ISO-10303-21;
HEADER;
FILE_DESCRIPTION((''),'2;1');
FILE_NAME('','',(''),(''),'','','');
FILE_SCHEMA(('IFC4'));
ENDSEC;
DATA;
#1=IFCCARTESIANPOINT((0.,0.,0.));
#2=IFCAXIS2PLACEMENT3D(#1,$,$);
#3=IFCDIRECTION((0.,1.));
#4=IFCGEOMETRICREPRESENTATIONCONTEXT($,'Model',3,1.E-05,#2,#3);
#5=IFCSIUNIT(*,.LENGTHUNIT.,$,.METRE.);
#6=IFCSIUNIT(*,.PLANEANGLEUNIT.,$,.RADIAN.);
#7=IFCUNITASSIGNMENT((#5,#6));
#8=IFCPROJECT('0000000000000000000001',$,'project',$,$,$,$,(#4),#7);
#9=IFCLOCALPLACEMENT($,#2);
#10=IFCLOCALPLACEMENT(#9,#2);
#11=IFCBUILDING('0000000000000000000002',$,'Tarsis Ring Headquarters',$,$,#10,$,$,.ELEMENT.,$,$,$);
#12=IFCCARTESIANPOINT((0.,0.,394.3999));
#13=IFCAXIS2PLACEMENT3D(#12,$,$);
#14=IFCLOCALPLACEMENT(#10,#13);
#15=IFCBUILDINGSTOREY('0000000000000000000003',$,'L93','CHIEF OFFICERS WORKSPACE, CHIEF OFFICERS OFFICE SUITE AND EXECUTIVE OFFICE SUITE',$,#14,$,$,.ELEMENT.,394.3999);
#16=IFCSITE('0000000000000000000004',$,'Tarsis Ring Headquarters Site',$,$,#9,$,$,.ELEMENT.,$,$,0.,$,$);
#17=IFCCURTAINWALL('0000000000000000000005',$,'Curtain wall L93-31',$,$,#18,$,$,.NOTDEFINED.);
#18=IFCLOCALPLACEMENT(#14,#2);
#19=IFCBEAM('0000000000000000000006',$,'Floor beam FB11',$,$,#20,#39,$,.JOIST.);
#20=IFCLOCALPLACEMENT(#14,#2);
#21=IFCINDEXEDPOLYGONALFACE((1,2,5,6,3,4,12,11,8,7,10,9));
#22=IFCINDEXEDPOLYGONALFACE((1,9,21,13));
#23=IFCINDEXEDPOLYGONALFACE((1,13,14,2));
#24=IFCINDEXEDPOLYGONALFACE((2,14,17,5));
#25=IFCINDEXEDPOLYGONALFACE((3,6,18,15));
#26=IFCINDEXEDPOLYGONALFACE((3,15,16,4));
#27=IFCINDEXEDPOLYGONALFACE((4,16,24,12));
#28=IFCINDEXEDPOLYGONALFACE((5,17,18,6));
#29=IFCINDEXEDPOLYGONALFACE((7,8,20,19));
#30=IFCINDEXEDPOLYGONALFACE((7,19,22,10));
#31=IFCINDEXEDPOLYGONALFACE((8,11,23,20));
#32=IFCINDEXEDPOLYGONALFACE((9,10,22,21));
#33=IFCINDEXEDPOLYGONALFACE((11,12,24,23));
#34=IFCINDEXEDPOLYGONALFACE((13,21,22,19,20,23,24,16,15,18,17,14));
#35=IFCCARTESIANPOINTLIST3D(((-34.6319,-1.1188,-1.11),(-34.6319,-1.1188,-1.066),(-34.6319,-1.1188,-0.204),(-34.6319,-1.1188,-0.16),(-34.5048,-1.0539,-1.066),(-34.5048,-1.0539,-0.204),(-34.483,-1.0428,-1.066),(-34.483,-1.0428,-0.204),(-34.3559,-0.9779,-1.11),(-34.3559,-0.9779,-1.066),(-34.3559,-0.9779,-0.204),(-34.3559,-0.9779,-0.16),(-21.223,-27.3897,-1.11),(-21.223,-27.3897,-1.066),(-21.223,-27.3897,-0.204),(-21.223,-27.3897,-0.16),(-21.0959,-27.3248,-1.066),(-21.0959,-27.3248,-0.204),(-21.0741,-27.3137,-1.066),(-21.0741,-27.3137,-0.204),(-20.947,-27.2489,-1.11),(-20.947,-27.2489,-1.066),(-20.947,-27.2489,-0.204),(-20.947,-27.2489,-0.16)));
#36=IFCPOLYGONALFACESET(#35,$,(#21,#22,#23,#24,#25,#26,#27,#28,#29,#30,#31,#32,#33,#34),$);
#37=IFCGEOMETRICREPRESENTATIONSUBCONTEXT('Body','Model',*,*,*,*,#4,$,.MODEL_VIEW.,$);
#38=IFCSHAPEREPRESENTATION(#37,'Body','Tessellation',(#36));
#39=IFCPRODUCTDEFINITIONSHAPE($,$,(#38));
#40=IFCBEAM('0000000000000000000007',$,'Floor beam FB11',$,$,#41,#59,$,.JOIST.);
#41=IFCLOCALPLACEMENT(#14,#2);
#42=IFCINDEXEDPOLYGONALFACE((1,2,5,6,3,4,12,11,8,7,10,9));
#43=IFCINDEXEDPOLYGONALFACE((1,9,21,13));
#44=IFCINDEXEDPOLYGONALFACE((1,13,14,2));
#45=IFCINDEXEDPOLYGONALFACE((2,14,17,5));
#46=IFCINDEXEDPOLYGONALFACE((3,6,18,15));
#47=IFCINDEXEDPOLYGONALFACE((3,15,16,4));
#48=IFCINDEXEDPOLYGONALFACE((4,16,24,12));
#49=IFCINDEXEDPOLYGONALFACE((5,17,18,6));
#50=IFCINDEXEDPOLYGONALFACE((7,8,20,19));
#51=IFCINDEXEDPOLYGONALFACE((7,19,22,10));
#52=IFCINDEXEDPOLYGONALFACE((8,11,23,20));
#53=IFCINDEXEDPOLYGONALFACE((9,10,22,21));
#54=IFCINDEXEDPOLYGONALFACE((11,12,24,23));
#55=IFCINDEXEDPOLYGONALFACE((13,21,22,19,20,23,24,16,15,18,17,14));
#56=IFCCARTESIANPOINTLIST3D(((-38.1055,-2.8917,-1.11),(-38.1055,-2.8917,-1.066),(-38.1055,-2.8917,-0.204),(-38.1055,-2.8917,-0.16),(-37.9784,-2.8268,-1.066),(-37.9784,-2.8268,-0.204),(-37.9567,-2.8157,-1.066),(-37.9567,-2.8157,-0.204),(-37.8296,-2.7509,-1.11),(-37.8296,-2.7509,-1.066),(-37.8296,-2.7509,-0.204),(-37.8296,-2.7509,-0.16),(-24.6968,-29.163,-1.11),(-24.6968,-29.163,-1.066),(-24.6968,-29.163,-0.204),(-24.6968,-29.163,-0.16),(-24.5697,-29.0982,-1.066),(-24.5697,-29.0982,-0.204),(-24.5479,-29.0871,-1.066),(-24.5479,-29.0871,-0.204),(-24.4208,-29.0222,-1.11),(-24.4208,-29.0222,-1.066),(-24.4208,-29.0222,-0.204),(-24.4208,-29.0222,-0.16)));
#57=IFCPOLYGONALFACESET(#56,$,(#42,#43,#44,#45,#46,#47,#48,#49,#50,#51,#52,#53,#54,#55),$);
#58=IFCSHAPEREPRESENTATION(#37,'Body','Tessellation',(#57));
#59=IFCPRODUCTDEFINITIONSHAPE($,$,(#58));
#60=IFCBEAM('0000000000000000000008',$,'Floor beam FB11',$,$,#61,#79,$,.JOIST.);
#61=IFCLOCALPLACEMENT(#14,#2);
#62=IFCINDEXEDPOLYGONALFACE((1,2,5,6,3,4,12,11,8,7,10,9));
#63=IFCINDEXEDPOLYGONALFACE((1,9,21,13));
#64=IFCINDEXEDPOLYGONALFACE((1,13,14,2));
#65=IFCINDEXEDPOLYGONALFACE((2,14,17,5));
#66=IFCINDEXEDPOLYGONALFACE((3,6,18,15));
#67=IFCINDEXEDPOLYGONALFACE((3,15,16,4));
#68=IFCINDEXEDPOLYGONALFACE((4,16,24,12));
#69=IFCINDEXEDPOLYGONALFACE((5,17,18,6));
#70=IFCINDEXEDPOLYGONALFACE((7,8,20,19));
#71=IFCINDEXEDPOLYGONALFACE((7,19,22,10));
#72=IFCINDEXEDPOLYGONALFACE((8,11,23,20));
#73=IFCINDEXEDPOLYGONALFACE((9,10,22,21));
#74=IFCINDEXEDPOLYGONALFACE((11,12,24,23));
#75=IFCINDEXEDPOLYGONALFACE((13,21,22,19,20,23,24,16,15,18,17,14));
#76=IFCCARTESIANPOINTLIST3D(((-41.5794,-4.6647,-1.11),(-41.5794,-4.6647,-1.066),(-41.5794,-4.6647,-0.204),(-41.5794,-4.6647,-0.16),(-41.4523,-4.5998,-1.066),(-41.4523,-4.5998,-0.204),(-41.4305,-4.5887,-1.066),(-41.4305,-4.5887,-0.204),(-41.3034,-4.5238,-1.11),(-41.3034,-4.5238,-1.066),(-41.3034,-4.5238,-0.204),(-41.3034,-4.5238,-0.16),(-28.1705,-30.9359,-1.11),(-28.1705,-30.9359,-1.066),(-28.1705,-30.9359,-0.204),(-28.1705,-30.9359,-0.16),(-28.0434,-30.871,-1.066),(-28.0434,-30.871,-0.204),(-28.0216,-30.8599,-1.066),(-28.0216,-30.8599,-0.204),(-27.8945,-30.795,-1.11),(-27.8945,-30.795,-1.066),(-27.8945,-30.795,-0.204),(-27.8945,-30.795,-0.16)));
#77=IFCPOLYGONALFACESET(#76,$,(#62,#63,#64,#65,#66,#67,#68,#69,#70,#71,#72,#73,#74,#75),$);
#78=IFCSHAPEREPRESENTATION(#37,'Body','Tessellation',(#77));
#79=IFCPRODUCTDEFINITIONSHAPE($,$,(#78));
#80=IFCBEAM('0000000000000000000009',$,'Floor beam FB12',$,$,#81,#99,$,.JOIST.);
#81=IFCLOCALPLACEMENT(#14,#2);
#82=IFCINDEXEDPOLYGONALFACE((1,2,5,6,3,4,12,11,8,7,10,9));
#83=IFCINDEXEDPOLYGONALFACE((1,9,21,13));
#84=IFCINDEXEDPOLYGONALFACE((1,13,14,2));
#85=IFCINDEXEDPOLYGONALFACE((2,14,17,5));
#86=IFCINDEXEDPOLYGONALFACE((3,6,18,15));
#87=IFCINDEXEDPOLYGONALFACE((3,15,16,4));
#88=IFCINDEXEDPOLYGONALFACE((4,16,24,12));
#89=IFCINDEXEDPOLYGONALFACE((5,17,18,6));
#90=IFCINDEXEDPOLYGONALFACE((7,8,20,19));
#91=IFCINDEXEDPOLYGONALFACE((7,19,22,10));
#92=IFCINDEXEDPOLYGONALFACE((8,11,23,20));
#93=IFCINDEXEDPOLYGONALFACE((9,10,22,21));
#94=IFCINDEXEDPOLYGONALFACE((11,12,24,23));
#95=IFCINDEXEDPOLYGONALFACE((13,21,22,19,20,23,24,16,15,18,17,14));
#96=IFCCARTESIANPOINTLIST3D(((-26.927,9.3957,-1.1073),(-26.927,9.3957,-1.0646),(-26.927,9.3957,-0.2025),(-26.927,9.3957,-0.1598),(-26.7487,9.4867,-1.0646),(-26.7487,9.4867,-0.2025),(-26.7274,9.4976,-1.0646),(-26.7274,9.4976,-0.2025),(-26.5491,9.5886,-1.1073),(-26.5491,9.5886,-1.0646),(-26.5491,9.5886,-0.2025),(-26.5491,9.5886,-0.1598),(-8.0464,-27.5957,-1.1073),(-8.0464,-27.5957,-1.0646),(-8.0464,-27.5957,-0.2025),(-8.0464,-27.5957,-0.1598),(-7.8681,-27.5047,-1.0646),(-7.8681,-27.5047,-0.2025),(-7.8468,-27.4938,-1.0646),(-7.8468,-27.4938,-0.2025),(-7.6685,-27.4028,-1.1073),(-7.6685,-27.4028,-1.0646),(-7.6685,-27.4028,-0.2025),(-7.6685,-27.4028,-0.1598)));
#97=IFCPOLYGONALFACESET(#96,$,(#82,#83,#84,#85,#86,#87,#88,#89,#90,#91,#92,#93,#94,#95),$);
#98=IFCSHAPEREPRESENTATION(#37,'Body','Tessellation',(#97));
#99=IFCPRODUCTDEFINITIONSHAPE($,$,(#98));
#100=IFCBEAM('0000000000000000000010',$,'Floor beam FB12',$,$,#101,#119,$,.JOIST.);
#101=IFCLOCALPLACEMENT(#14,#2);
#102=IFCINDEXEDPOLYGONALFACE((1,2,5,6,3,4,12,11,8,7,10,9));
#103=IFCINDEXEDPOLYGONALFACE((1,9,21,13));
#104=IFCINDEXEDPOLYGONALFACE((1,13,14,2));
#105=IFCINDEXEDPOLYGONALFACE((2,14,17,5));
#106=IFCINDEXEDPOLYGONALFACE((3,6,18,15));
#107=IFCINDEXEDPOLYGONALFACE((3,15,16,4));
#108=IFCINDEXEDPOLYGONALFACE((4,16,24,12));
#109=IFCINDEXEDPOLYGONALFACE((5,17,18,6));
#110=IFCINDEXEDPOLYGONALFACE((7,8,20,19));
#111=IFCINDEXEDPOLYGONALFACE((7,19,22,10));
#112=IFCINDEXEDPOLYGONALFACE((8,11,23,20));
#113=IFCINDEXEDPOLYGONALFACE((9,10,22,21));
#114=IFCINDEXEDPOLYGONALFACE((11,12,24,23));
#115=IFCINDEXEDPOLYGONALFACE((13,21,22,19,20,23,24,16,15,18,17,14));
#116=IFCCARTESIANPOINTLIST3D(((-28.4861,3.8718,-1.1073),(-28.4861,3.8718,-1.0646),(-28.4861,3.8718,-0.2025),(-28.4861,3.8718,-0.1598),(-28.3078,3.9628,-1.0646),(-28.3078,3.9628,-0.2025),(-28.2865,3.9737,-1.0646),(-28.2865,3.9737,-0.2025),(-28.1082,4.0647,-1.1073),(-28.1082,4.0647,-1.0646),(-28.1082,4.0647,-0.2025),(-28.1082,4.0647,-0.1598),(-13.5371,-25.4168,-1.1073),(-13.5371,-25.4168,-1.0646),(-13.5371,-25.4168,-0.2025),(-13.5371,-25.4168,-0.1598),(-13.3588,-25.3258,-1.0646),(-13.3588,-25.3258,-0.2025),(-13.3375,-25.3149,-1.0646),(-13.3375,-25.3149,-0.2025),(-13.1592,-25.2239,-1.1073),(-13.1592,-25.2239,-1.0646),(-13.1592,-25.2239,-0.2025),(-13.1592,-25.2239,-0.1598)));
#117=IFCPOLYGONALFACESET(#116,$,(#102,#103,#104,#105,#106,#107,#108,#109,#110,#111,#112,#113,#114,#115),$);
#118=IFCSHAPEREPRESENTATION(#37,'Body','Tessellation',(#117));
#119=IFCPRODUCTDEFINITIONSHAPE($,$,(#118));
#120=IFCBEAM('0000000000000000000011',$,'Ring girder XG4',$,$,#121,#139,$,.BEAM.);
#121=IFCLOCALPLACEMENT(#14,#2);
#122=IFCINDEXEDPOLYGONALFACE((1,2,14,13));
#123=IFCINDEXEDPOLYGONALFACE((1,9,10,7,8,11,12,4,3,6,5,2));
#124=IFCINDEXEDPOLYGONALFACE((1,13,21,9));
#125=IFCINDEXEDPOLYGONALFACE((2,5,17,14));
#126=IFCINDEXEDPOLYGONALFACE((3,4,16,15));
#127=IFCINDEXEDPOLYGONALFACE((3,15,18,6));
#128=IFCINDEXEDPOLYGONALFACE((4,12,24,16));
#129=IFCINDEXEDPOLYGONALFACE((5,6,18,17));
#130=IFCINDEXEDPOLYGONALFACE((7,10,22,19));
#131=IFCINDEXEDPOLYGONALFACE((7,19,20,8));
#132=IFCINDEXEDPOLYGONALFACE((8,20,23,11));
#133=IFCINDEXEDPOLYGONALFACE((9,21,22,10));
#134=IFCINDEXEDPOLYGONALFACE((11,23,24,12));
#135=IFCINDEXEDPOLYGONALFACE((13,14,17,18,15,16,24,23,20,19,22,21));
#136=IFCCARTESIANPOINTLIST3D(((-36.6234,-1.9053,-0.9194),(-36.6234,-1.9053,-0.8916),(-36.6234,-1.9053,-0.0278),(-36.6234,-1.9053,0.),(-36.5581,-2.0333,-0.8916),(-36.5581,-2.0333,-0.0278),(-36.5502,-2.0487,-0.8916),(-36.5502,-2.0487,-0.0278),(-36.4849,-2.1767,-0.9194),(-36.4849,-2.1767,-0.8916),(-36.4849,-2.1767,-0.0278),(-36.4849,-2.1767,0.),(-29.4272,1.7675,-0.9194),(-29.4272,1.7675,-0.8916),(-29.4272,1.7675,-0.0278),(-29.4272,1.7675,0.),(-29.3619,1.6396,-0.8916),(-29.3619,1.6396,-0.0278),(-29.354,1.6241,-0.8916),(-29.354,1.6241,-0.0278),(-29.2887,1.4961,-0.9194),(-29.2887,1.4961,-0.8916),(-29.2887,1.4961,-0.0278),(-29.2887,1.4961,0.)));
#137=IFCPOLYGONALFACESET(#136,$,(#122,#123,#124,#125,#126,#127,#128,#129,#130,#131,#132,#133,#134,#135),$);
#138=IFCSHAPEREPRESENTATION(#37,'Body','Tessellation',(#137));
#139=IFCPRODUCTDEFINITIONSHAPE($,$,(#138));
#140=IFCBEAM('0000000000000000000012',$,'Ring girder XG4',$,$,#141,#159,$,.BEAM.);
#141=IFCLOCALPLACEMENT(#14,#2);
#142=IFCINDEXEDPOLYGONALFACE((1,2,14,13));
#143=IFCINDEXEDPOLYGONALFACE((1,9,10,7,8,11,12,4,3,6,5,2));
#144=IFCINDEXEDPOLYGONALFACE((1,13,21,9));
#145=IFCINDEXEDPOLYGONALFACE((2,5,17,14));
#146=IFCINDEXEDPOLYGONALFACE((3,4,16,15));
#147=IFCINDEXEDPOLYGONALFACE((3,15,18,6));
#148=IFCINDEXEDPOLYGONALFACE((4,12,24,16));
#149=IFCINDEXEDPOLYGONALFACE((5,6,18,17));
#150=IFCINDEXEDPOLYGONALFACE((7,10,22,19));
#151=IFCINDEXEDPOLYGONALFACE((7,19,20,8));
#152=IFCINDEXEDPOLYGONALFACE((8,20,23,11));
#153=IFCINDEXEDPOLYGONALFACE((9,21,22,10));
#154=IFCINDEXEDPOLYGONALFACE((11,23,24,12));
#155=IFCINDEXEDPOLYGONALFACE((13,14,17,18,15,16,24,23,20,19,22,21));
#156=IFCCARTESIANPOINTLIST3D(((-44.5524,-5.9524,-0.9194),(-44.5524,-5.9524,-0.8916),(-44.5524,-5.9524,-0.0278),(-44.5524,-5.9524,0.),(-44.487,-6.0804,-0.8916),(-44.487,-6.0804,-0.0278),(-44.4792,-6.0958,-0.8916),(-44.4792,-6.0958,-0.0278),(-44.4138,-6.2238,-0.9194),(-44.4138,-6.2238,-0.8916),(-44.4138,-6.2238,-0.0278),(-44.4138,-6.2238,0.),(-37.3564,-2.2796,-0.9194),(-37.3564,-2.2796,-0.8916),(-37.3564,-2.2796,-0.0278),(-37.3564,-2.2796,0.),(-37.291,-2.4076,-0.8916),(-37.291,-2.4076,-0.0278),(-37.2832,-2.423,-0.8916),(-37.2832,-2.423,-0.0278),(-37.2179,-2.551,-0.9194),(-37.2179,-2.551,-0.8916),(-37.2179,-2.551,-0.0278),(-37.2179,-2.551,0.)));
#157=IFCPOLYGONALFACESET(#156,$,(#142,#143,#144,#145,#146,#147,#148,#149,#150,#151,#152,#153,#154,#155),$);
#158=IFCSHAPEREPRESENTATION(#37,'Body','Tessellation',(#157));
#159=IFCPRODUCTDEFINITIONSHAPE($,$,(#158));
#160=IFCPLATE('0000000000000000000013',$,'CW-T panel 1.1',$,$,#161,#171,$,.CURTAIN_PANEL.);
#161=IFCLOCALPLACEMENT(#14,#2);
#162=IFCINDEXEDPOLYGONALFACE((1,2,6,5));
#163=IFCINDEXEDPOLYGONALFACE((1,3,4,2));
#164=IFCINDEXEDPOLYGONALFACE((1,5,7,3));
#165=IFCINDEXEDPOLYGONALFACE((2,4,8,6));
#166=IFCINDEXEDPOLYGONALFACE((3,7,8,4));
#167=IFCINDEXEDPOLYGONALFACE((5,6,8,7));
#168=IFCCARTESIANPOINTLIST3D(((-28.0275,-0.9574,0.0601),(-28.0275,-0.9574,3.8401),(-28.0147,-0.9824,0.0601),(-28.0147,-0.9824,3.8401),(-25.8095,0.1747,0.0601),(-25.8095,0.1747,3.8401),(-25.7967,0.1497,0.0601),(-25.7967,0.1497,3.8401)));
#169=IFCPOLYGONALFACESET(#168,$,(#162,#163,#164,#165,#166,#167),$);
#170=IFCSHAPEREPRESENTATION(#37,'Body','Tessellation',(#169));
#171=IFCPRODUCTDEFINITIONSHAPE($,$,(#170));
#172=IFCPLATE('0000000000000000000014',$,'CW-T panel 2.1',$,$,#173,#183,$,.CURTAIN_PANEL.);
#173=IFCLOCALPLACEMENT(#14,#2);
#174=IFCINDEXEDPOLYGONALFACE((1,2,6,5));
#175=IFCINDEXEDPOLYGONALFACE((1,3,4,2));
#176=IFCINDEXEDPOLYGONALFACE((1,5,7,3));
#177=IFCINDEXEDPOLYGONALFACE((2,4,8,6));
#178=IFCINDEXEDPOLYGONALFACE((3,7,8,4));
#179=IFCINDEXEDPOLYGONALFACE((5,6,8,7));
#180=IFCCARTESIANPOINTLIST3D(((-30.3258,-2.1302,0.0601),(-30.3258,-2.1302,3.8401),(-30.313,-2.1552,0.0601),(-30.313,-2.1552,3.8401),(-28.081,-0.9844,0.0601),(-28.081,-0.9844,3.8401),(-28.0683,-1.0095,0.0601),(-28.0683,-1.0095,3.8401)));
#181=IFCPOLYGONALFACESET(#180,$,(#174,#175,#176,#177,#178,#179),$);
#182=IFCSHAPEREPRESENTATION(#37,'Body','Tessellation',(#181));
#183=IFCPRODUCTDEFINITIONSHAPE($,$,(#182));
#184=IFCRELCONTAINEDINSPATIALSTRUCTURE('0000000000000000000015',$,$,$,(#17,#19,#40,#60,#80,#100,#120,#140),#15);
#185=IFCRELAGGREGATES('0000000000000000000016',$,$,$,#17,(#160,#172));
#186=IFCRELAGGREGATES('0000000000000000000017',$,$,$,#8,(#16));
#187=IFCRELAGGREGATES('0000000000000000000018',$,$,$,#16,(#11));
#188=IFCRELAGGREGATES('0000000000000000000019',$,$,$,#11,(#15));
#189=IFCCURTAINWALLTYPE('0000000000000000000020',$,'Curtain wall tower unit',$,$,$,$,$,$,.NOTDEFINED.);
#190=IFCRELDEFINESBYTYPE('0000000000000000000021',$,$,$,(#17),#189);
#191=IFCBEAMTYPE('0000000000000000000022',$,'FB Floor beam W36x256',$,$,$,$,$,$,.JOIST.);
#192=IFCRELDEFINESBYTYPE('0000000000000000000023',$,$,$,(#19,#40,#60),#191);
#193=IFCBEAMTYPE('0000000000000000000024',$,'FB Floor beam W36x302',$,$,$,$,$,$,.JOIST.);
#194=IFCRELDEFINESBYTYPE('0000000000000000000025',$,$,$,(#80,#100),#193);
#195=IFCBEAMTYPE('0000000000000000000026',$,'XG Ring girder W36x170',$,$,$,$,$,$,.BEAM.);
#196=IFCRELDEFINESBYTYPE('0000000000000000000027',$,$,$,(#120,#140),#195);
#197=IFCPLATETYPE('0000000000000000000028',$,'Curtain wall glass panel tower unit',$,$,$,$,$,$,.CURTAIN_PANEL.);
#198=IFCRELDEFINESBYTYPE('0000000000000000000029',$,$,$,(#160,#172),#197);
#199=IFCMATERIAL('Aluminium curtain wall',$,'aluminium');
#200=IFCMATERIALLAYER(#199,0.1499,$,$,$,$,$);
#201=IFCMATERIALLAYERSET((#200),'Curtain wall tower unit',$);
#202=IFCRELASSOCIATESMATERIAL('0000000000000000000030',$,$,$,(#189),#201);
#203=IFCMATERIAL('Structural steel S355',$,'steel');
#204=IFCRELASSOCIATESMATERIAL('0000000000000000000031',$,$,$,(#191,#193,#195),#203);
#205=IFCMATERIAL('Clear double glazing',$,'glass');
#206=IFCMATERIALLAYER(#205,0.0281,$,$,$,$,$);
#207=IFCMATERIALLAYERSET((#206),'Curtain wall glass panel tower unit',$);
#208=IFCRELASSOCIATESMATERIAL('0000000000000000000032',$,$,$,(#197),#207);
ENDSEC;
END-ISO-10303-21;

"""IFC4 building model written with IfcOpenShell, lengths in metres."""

from ifc_helpers import new_model, si_unit, direction, frame, origin, origin_2d, place, context, subcontext, project, spatial, rectangle, i_section, extrude, material, layer, layer_set, material_profile, profile_set, type_object, element, aggregate, save


model = new_model("IFC4")

# Units and contexts
model_context = context("Model", 3, precision=1e-05, world=origin(), true_north=direction((0.0, 1.0)))
body_context = subcontext(model_context, "Body", "Model", "MODEL_VIEW")
ifc_project = project(units=[si_unit("LENGTHUNIT", "METRE"), si_unit("PLANEANGLEUNIT", "RADIAN")], contexts=[model_context])

# Site, building, storey
site_placement = place(None, origin())
site = spatial("IfcSite", under=ifc_project, at=site_placement, Name="Tarsis Ring Headquarters Site", CompositionType="ELEMENT", RefElevation=0.0)
building_placement = place(site_placement, origin())
building = spatial("IfcBuilding", under=site, at=building_placement, Name="Tarsis Ring Headquarters", CompositionType="ELEMENT")
storey_placement = place(building_placement, frame((0.0, 0.0, 394.3999)))
storey = spatial("IfcBuildingStorey", under=building, at=storey_placement, Name="L93", Description="CHIEF OFFICERS WORKSPACE, CHIEF OFFICERS OFFICE SUITE AND EXECUTIVE OFFICE SUITE", CompositionType="ELEMENT", Elevation=394.3999)

# Shared definitions
ifc_material_1 = material(Name="Structural steel S355", Category="steel")

# Curtain wall
ifc_material_2 = material(Name="Aluminium curtain wall", Category="aluminium")
ifc_layer_1 = layer(ifc_material_2, 0.1499)
ifc_layer_set_1 = layer_set([ifc_layer_1], Name="Curtain wall tower unit")
curtain_wall_type = type_object("IfcCurtainWallType", Name="Curtain wall tower unit", PredefinedType="NOTDEFINED", material=ifc_layer_set_1)
curtain_wall_placement = place(storey_placement, origin())
curtain_wall = element("IfcCurtainWall", 1, at=curtain_wall_placement, inside=storey, type_object=curtain_wall_type, Name="Curtain wall L93-31", PredefinedType="NOTDEFINED")

# Beams
ifc_material_profile_1 = material_profile(ifc_material_1, i_section(OverallWidth=0.3098, OverallDepth=0.95, WebThickness=0.0244, FlangeThickness=0.0439, at=origin_2d()), Name="W36x256")
ifc_profile_set_1 = profile_set([ifc_material_profile_1], Name="Structural steel S355")
beam_type_1 = type_object("IfcBeamType", Name="FB Floor beam W36x256", PredefinedType="JOIST", material=ifc_profile_set_1)
for number, where, z_axis, x_axis, name in (
    (2, (-34.4939, -1.0483, -0.635), (0.454615, -0.890688, 0.0), (0.890688, 0.454615, 0.0), "Floor beam FB11"),
):
    element("IfcBeam", number, at=place(storey_placement, frame(where, z_axis=z_axis, x_axis=x_axis)), inside=storey, type_object=beam_type_1, Name=name, PredefinedType="JOIST", context=body_context, shape_type="SweptSolid", body=[
        extrude(i_section(OverallWidth=0.3098, OverallDepth=0.95, WebThickness=0.0244, FlangeThickness=0.0439, at=origin_2d()), origin(), (0.0, 0.0, 1.0), 29.4951),
    ])
for number, where, z_axis, x_axis, name in (
    (3, (-37.9675, -2.8213, -0.635), (0.454605, -0.890693, 0.0), (0.890693, 0.454605, 0.0), "Floor beam FB11"),
    (4, (-41.4414, -4.5942, -0.635), (0.454611, -0.89069, 0.0), (0.89069, 0.454611, 0.0), "Floor beam FB11"),
):
    element("IfcBeam", number, at=place(storey_placement, frame(where, z_axis=z_axis, x_axis=x_axis)), inside=storey, type_object=beam_type_1, Name=name, PredefinedType="JOIST", context=body_context, shape_type="SweptSolid", body=[
        extrude(i_section(OverallWidth=0.3098, OverallDepth=0.95, WebThickness=0.0244, FlangeThickness=0.0439, at=origin_2d()), origin(), (0.0, 0.0, 1.0), 29.4954),
    ])
ifc_material_profile_2 = material_profile(ifc_material_1, i_section(OverallWidth=0.4243, OverallDepth=0.9475, WebThickness=0.0239, FlangeThickness=0.0427, at=origin_2d()), Name="W36x302")
ifc_profile_set_2 = profile_set([ifc_material_profile_2], Name="Structural steel S355")
beam_type_2 = type_object("IfcBeamType", Name="FB Floor beam W36x302", PredefinedType="JOIST", material=ifc_profile_set_2)
beam_1_placement = place(storey_placement, frame((-26.738, 9.4922, -0.6335), z_axis=(0.454612, -0.890689, 0.0), x_axis=(0.890689, 0.454612, 0.0)))
element("IfcBeam", 5, at=beam_1_placement, inside=storey, type_object=beam_type_2, Name="Floor beam FB12", PredefinedType="JOIST", context=body_context, shape_type="SweptSolid", body=[
    extrude(i_section(OverallWidth=0.4243, OverallDepth=0.9475, WebThickness=0.0239, FlangeThickness=0.0427, at=origin_2d()), origin(), (0.0, 0.0, 1.0), 41.5312),
])
beam_2_placement = place(storey_placement, frame((-28.2971, 3.9683, -0.6335), z_axis=(0.454611, -0.89069, 0.0), x_axis=(0.89069, 0.454611, 0.0)))
element("IfcBeam", 6, at=beam_2_placement, inside=storey, type_object=beam_type_2, Name="Floor beam FB12", PredefinedType="JOIST", context=body_context, shape_type="SweptSolid", body=[
    extrude(i_section(OverallWidth=0.4243, OverallDepth=0.9475, WebThickness=0.0239, FlangeThickness=0.0427, at=origin_2d()), origin(), (0.0, 0.0, 1.0), 32.8831),
])
ifc_material_profile_3 = material_profile(ifc_material_1, i_section(OverallWidth=0.3047, OverallDepth=0.9194, WebThickness=0.0173, FlangeThickness=0.0278, at=origin_2d()), Name="W36x170")
ifc_profile_set_3 = profile_set([ifc_material_profile_3], Name="Structural steel S355")
beam_type_3 = type_object("IfcBeamType", Name="XG Ring girder W36x170", PredefinedType="BEAM", material=ifc_profile_set_3)
beam_3_placement = place(storey_placement, frame((-29.3579, 1.6318, -0.4597), z_axis=(-0.890698, -0.454596, 0.0), x_axis=(0.454596, -0.890698, 0.0)))
element("IfcBeam", 7, at=beam_3_placement, inside=storey, type_object=beam_type_3, Name="Ring girder XG4", PredefinedType="BEAM", context=body_context, shape_type="SweptSolid", body=[
    extrude(i_section(OverallWidth=0.3047, OverallDepth=0.9194, WebThickness=0.0173, FlangeThickness=0.0278, at=origin_2d()), origin(), (0.0, 0.0, 1.0), 8.0793),
])
beam_4_placement = place(storey_placement, frame((-37.2871, -2.4153, -0.4597), z_axis=(-0.890692, -0.454608, 0.0), x_axis=(0.454608, -0.890692, 0.0)))
element("IfcBeam", 8, at=beam_4_placement, inside=storey, type_object=beam_type_3, Name="Ring girder XG4", PredefinedType="BEAM", context=body_context, shape_type="SweptSolid", body=[
    extrude(i_section(OverallWidth=0.3047, OverallDepth=0.9194, WebThickness=0.0173, FlangeThickness=0.0278, at=origin_2d()), origin(), (0.0, 0.0, 1.0), 8.0791),
])

# Plates
ifc_material_3 = material(Name="Clear double glazing", Category="glass")
ifc_layer_2 = layer(ifc_material_3, 0.0281)
ifc_layer_set_2 = layer_set([ifc_layer_2], Name="Curtain wall glass panel tower unit")
plate_type = type_object("IfcPlateType", Name="Curtain wall glass panel tower unit", PredefinedType="CURTAIN_PANEL", material=ifc_layer_set_2)
plate_1_placement = place(storey_placement, frame((-26.9121, -0.4038, 0.0601), z_axis=(0.0, 0.0, 1.0), x_axis=(-0.890689, -0.454612, 0.0)))
plate_1 = element("IfcPlate", 9, at=plate_1_placement, type_object=plate_type, Name="CW-T panel 1.1", PredefinedType="CURTAIN_PANEL", context=body_context, shape_type="SweptSolid", body=[
    extrude(rectangle(XDim=2.4902, YDim=0.0281, at=origin_2d()), origin(), (0.0, 0.0, 1.0), 3.78),
])
plate_2_placement = place(storey_placement, frame((-29.197, -1.5698, 0.0601), z_axis=(0.0, 0.0, 1.0), x_axis=(-0.890689, -0.454612, 0.0)))
plate_2 = element("IfcPlate", 10, at=plate_2_placement, type_object=plate_type, Name="CW-T panel 2.1", PredefinedType="CURTAIN_PANEL", context=body_context, shape_type="SweptSolid", body=[
    extrude(rectangle(XDim=2.5203, YDim=0.0281, at=origin_2d()), origin(), (0.0, 0.0, 1.0), 3.78),
])
aggregate(curtain_wall, [plate_1, plate_2])

save(model, "model.ifc")
